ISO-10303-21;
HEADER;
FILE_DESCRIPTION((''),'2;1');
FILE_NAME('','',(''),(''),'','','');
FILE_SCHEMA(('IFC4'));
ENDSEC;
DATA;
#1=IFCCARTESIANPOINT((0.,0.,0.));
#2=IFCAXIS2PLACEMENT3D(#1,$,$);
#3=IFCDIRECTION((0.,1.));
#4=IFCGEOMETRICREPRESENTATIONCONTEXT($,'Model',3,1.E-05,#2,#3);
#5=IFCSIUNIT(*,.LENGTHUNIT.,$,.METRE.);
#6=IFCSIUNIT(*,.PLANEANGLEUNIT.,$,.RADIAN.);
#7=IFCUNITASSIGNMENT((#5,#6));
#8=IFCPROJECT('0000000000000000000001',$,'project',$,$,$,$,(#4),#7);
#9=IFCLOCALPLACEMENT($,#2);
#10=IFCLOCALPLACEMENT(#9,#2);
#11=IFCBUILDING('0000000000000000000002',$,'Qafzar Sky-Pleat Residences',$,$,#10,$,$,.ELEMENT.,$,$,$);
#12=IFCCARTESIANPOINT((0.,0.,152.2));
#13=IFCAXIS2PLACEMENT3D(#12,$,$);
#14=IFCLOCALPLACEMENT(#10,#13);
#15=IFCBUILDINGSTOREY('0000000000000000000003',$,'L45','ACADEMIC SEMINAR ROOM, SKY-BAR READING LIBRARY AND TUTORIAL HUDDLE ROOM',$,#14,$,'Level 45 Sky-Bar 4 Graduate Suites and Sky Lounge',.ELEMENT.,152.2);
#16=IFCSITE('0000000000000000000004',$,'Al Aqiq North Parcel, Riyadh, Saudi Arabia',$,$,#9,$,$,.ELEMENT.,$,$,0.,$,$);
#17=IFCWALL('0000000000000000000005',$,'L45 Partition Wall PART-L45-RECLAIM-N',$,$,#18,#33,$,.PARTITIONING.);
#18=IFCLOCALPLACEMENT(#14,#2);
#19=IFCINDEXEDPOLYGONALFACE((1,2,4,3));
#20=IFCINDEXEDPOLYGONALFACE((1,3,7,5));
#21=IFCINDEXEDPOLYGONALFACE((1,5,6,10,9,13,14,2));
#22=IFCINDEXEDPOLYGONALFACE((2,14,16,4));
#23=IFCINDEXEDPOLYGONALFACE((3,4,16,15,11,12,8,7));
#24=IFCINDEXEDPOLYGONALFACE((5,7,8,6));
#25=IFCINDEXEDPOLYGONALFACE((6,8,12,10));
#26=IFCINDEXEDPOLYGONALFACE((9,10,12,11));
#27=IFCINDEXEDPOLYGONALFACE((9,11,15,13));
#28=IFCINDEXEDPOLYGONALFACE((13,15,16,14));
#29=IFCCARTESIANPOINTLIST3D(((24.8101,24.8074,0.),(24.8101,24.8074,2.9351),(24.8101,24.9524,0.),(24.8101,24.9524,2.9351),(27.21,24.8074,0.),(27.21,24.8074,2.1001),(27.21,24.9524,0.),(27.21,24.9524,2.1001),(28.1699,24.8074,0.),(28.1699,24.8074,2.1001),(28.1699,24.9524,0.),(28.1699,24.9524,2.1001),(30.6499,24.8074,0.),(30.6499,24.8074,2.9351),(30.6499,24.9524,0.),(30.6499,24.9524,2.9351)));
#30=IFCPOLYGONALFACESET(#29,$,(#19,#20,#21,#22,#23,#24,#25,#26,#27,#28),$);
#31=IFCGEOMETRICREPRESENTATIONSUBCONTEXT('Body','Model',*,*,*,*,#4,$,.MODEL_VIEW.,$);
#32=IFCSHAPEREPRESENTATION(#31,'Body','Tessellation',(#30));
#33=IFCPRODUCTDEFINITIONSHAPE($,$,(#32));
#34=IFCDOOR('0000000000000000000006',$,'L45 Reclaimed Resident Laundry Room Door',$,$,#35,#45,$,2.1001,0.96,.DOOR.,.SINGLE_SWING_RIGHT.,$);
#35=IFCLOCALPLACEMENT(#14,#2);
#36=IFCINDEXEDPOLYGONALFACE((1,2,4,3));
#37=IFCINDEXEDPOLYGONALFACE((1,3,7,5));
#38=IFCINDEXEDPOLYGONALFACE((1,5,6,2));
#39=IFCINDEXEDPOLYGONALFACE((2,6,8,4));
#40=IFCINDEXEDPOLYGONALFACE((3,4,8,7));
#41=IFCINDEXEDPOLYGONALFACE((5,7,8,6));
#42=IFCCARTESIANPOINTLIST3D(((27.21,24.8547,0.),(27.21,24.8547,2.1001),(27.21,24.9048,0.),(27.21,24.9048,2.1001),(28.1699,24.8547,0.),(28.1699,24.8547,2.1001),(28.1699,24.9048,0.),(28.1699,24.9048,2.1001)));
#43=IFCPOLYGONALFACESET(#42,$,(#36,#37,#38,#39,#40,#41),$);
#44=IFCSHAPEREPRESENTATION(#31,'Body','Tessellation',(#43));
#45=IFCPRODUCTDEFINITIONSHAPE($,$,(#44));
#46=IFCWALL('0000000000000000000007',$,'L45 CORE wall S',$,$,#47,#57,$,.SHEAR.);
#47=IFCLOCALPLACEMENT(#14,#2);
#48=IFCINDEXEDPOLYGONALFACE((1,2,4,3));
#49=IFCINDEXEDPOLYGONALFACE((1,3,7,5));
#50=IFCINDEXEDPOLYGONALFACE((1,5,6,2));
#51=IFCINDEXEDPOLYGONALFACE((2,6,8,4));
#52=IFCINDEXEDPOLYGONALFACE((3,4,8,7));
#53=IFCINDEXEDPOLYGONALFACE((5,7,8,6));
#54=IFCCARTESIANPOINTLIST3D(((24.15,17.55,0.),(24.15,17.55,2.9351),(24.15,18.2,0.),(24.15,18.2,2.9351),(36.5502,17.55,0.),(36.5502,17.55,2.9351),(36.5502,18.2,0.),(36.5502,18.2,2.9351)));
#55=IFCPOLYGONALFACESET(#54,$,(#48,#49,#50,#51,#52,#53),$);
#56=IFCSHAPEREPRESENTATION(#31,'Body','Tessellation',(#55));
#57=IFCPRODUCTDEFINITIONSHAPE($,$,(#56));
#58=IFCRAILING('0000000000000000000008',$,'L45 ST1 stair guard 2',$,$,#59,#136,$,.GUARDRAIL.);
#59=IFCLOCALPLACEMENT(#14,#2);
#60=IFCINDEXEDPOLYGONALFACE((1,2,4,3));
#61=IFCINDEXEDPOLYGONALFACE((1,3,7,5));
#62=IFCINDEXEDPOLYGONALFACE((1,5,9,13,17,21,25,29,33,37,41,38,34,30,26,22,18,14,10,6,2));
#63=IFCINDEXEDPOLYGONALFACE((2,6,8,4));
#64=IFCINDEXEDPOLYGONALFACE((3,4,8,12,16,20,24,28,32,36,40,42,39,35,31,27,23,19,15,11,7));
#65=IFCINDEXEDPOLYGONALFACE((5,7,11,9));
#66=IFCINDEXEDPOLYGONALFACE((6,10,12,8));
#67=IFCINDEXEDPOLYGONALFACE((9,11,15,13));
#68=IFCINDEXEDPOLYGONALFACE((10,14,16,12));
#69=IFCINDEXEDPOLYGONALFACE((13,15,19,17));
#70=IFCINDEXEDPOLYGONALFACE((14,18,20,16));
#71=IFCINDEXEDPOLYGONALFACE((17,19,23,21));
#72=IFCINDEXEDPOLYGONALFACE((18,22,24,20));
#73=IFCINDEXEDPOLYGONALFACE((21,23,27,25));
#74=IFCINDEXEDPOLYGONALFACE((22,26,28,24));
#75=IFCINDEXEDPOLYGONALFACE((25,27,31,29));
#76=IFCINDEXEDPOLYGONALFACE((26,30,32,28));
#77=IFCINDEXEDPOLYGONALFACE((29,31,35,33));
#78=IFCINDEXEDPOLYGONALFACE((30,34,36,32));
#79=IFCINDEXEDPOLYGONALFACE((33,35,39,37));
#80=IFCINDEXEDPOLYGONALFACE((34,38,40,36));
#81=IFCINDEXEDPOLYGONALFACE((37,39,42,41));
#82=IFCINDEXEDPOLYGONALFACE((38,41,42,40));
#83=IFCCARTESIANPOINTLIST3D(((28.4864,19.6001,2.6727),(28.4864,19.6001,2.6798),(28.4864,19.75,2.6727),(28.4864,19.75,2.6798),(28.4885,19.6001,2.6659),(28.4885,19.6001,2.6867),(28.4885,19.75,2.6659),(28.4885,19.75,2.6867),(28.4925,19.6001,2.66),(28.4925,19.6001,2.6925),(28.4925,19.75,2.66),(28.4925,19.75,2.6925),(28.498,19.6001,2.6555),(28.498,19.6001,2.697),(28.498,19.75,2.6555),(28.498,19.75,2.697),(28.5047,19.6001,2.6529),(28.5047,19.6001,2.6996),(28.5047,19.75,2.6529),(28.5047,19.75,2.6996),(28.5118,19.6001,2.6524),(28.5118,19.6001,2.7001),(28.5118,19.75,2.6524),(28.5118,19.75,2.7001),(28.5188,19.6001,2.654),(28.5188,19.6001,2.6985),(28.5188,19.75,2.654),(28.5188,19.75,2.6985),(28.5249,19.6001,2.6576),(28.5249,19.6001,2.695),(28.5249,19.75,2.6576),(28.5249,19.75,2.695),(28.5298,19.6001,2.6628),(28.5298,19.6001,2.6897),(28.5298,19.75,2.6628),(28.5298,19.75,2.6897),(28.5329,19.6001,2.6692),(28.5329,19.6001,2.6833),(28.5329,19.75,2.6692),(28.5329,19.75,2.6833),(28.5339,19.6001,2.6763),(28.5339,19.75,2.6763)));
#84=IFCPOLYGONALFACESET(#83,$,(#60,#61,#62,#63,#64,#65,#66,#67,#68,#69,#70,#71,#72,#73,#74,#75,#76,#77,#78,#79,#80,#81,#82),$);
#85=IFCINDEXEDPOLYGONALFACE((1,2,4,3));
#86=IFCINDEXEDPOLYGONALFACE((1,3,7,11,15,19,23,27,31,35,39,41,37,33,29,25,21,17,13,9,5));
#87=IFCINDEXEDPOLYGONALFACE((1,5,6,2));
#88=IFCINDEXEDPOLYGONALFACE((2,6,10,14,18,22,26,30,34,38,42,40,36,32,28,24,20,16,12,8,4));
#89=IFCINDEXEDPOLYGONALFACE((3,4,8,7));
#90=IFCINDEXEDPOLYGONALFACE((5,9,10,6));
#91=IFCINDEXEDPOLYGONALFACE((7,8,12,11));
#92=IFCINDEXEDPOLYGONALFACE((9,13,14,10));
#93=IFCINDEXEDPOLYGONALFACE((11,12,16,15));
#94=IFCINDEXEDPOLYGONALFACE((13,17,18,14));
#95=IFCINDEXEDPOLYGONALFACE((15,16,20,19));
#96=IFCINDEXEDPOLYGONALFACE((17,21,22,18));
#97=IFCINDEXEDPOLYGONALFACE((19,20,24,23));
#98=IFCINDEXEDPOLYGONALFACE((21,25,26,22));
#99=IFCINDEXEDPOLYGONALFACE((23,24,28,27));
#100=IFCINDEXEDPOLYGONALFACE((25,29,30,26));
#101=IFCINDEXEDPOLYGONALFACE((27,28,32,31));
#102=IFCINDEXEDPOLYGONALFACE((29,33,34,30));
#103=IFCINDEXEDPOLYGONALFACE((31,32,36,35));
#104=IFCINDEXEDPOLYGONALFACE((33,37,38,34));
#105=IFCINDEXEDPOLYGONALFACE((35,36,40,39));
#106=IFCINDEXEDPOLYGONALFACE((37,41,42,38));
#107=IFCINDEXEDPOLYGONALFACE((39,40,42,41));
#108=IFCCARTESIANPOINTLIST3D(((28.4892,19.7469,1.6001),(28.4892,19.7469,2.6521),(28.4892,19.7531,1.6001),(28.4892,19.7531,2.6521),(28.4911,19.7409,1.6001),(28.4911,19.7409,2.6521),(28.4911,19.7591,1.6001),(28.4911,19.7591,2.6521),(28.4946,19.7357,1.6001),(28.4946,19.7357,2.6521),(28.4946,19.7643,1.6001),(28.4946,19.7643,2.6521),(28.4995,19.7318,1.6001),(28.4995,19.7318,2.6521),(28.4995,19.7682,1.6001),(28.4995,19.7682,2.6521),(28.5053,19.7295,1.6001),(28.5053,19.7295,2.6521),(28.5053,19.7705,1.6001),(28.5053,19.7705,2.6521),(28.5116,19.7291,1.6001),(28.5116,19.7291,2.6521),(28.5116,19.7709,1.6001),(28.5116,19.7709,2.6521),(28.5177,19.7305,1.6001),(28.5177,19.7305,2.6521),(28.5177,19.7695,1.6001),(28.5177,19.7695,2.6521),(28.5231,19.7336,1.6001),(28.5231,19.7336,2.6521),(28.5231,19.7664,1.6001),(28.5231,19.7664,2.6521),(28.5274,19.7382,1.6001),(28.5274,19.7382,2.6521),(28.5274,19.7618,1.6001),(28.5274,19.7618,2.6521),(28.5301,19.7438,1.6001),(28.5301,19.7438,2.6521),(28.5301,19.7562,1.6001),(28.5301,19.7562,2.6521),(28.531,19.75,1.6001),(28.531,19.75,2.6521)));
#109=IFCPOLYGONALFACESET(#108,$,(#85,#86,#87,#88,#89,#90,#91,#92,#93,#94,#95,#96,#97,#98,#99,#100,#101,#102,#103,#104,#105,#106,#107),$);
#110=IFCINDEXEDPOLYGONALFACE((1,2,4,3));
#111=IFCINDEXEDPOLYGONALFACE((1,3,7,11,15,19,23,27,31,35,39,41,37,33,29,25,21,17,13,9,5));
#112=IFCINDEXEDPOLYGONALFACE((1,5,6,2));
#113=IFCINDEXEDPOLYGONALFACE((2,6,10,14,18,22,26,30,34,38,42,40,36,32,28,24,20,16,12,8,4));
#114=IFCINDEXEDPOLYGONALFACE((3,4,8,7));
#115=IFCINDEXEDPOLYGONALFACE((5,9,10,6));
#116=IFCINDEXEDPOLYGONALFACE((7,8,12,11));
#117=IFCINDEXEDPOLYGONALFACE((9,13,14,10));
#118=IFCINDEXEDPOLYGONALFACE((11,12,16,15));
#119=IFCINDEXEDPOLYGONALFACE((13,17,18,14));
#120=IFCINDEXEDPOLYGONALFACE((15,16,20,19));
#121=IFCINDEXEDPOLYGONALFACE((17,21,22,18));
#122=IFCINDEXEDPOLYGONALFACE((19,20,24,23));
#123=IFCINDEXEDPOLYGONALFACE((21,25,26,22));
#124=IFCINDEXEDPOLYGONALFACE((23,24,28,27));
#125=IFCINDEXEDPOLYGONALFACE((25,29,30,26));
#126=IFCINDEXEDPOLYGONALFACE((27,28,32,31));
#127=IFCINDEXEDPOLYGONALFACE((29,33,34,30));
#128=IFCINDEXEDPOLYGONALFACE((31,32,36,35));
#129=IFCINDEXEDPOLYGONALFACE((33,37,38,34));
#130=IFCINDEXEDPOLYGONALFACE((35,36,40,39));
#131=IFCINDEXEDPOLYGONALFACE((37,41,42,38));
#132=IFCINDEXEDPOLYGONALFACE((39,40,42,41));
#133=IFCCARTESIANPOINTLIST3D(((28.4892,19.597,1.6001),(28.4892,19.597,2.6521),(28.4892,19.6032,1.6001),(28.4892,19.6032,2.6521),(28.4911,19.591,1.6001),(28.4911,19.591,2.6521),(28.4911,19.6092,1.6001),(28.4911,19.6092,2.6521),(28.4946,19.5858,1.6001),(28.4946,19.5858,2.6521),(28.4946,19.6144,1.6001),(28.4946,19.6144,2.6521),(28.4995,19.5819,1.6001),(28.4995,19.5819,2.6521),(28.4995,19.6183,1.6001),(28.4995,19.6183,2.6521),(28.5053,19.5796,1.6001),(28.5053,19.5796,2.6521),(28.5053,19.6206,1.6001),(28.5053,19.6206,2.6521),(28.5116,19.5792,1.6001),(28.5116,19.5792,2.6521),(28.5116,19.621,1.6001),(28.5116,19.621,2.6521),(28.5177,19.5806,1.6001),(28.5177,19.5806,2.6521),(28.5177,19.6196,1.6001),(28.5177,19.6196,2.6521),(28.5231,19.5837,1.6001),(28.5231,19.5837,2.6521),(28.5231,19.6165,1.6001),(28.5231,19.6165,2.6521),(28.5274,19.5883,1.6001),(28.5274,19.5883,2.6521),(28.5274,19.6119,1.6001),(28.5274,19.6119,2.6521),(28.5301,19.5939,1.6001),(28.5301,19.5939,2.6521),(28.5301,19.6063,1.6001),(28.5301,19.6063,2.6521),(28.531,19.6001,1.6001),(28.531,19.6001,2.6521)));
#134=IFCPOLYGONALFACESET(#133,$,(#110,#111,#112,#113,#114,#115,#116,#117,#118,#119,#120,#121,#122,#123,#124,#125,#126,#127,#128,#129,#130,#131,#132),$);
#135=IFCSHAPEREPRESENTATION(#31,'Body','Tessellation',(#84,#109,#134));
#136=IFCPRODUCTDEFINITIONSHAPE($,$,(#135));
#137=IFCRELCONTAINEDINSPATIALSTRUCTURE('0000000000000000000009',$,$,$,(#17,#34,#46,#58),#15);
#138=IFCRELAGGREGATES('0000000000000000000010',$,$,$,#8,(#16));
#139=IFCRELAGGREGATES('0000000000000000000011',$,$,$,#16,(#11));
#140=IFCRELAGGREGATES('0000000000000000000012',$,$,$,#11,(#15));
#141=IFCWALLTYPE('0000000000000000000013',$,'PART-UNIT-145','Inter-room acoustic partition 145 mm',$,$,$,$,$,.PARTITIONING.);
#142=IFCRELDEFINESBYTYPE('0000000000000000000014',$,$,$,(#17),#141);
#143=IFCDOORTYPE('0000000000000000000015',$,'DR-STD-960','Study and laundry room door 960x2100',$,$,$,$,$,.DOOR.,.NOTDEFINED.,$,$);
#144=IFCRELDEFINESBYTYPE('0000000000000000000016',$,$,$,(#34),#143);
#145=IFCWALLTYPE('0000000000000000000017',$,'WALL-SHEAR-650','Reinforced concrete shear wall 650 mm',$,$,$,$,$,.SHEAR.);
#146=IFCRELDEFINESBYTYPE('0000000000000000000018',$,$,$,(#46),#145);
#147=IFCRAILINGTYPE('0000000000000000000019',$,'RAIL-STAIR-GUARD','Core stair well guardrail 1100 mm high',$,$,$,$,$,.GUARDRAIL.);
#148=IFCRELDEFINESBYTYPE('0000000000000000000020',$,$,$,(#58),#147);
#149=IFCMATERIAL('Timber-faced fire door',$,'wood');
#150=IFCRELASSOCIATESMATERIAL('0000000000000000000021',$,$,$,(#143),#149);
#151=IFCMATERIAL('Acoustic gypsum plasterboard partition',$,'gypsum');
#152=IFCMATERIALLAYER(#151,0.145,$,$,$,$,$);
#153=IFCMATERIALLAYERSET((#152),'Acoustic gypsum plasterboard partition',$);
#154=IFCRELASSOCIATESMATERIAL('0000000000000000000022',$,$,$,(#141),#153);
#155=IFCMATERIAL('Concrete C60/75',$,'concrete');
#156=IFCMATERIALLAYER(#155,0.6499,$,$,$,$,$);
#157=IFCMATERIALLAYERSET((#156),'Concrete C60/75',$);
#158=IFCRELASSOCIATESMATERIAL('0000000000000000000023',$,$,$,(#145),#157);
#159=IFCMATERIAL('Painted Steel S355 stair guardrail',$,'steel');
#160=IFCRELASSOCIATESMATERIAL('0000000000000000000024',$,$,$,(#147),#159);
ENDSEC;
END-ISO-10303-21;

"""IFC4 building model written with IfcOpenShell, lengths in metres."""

from ifc_helpers import new_model, si_unit, direction, frame, frame_2d, origin, origin_2d, place, context, subcontext, project, spatial, rectangle, circle, extrude, source, transform, mapped, material, layer, layer_set, type_object, element, fill, save


model = new_model("IFC4")

# Units and contexts
model_context = context("Model", 3, precision=1e-05, world=origin(), true_north=direction((0.0, 1.0)))
body_context = subcontext(model_context, "Body", "Model", "MODEL_VIEW")
ifc_project = project(units=[si_unit("LENGTHUNIT", "METRE"), si_unit("PLANEANGLEUNIT", "RADIAN")], contexts=[model_context])

# Site, building, storey
site_placement = place(None, origin())
site = spatial("IfcSite", under=ifc_project, at=site_placement, Name="Al Aqiq North Parcel, Riyadh, Saudi Arabia", CompositionType="ELEMENT", RefElevation=0.0)
building_placement = place(site_placement, origin())
building = spatial("IfcBuilding", under=site, at=building_placement, Name="Qafzar Sky-Pleat Residences", CompositionType="ELEMENT")
storey_placement = place(building_placement, frame((0.0, 0.0, 152.2)))
storey = spatial("IfcBuildingStorey", under=building, at=storey_placement, Name="L45", Description="ACADEMIC SEMINAR ROOM, SKY-BAR READING LIBRARY AND TUTORIAL HUDDLE ROOM", LongName="Level 45 Sky-Bar 4 Graduate Suites and Sky Lounge", CompositionType="ELEMENT", Elevation=152.2)

# Shared definitions
ifc_material_1 = material(Name="Acoustic gypsum plasterboard partition", Category="gypsum")
ifc_material_2 = material(Name="Timber-faced fire door", Category="wood")
door_type_1 = type_object("IfcDoorType", Name="DR-STD-960", Description="Study and laundry room door 960x2100", OperationType="NOTDEFINED", PredefinedType="DOOR", material=ifc_material_2)
shared_shape_1 = source(origin(), body_context, "Body", "SweptSolid", [
    extrude(rectangle(XDim=0.96, YDim=2.1001, at=frame_2d((0.48, 1.05))), frame((0.0, 0.0249, 0.0), z_axis=(0.0, -1.0, 0.0), x_axis=(1.0, 0.0, 0.0)), (0.0, 0.0, 1.0), 0.05),
])

# Wall, opening, door
ifc_layer_1 = layer(ifc_material_1, 0.145)
ifc_layer_set_1 = layer_set([ifc_layer_1], Name="Acoustic gypsum plasterboard partition")
wall_type_1 = type_object("IfcWallType", Name="PART-UNIT-145", Description="Inter-room acoustic partition 145 mm", PredefinedType="PARTITIONING", material=ifc_layer_set_1)
wall_1_placement = place(storey_placement, frame((24.8101, 24.8799, 0.0), z_axis=(0.0, 0.0, 1.0), x_axis=(1.0, 0.0, 0.0)))
wall_1 = element("IfcWall", 1, at=wall_1_placement, inside=storey, type_object=wall_type_1, Name="L45 Partition Wall PART-L45-RECLAIM-N", PredefinedType="PARTITIONING", context=body_context, shape_type="SweptSolid", body=[
    extrude(rectangle(XDim=5.8398, YDim=0.145, at=frame_2d((2.9199, 0.0))), origin(), (0.0, 0.0, 1.0), 2.9351),
])
opening_1_placement = place(wall_1_placement, frame((2.3999, 0.0, 0.0)))
opening_1 = element("IfcOpeningElement", 2, at=opening_1_placement, cuts=wall_1, PredefinedType="OPENING", context=body_context, shape_type="SweptSolid", body=[
    extrude(rectangle(XDim=0.96, YDim=2.1001, at=frame_2d((0.48, 1.05))), frame((0.0, 0.0825, 0.0), z_axis=(0.0, -1.0, 0.0), x_axis=(1.0, 0.0, 0.0)), (0.0, 0.0, 1.0), 0.165),
])
door_1_placement = place(opening_1_placement, origin())
door_1 = element("IfcDoor", 3, at=door_1_placement, inside=storey, type_object=door_type_1, Name="L45 Reclaimed Resident Laundry Room Door", OperationType="SINGLE_SWING_RIGHT", OverallHeight=2.1001, OverallWidth=0.96, PredefinedType="DOOR", context=body_context, shape_type="MappedRepresentation", body=[
    mapped(shared_shape_1, transform((0.0, 0.0, 0.0), x_axis=(1.0, 0.0, 0.0), y_axis=(0.0, 1.0, 0.0), z_axis=(0.0, 0.0, 1.0), scale=1.0)),
])
fill(opening_1, door_1)

# Shared definitions
ifc_material_3 = material(Name="Concrete C60/75", Category="concrete")

# Wall
ifc_layer_2 = layer(ifc_material_3, 0.6499)
ifc_layer_set_2 = layer_set([ifc_layer_2], Name="Concrete C60/75")
wall_type_2 = type_object("IfcWallType", Name="WALL-SHEAR-650", Description="Reinforced concrete shear wall 650 mm", PredefinedType="SHEAR", material=ifc_layer_set_2)
wall_2_placement = place(storey_placement, frame((24.1499, 17.875, 0.0), z_axis=(0.0, 0.0, 1.0), x_axis=(1.0, 0.0, 0.0)))
element("IfcWall", 4, at=wall_2_placement, inside=storey, type_object=wall_type_2, Name="L45 CORE wall S", PredefinedType="SHEAR", context=body_context, shape_type="SweptSolid", body=[
    extrude(rectangle(XDim=12.4001, YDim=0.6499, at=frame_2d((6.2002, 0.0))), origin(), (0.0, 0.0, 1.0), 2.9351),
])

# Railing
ifc_material_4 = material(Name="Painted Steel S355 stair guardrail", Category="steel")
railing_type = type_object("IfcRailingType", Name="RAIL-STAIR-GUARD", Description="Core stair well guardrail 1100 mm high", PredefinedType="GUARDRAIL", material=ifc_material_4)
shared_shape_2 = source(origin(), body_context, "Body", "SweptSolid", [
    extrude(circle(Radius=0.0239, at=origin_2d()), frame((0.0, 0.0, 1.0762), z_axis=(0.0, -1.0, 0.0), x_axis=(1.0, 0.0, 0.0)), (0.0, 0.0, 1.0), 0.1499),
    extrude(circle(Radius=0.021, at=origin_2d()), origin(), (0.0, 0.0, 1.0), 1.052),
    extrude(circle(Radius=0.021, at=origin_2d()), frame((0.0, -0.1499, 0.0)), (0.0, 0.0, 1.0), 1.052),
])
railing_placement = place(storey_placement, frame((28.51, 19.75, 1.6001)))
element("IfcRailing", 5, at=railing_placement, inside=storey, type_object=railing_type, Name="L45 ST1 stair guard 2", PredefinedType="GUARDRAIL", context=body_context, shape_type="MappedRepresentation", body=[
    mapped(shared_shape_2, transform((0.0, 0.0, 0.0), x_axis=(1.0, 0.0, 0.0), y_axis=(0.0, 1.0, 0.0), z_axis=(0.0, 0.0, 1.0), scale=1.0)),
])

save(model, "model.ifc")
